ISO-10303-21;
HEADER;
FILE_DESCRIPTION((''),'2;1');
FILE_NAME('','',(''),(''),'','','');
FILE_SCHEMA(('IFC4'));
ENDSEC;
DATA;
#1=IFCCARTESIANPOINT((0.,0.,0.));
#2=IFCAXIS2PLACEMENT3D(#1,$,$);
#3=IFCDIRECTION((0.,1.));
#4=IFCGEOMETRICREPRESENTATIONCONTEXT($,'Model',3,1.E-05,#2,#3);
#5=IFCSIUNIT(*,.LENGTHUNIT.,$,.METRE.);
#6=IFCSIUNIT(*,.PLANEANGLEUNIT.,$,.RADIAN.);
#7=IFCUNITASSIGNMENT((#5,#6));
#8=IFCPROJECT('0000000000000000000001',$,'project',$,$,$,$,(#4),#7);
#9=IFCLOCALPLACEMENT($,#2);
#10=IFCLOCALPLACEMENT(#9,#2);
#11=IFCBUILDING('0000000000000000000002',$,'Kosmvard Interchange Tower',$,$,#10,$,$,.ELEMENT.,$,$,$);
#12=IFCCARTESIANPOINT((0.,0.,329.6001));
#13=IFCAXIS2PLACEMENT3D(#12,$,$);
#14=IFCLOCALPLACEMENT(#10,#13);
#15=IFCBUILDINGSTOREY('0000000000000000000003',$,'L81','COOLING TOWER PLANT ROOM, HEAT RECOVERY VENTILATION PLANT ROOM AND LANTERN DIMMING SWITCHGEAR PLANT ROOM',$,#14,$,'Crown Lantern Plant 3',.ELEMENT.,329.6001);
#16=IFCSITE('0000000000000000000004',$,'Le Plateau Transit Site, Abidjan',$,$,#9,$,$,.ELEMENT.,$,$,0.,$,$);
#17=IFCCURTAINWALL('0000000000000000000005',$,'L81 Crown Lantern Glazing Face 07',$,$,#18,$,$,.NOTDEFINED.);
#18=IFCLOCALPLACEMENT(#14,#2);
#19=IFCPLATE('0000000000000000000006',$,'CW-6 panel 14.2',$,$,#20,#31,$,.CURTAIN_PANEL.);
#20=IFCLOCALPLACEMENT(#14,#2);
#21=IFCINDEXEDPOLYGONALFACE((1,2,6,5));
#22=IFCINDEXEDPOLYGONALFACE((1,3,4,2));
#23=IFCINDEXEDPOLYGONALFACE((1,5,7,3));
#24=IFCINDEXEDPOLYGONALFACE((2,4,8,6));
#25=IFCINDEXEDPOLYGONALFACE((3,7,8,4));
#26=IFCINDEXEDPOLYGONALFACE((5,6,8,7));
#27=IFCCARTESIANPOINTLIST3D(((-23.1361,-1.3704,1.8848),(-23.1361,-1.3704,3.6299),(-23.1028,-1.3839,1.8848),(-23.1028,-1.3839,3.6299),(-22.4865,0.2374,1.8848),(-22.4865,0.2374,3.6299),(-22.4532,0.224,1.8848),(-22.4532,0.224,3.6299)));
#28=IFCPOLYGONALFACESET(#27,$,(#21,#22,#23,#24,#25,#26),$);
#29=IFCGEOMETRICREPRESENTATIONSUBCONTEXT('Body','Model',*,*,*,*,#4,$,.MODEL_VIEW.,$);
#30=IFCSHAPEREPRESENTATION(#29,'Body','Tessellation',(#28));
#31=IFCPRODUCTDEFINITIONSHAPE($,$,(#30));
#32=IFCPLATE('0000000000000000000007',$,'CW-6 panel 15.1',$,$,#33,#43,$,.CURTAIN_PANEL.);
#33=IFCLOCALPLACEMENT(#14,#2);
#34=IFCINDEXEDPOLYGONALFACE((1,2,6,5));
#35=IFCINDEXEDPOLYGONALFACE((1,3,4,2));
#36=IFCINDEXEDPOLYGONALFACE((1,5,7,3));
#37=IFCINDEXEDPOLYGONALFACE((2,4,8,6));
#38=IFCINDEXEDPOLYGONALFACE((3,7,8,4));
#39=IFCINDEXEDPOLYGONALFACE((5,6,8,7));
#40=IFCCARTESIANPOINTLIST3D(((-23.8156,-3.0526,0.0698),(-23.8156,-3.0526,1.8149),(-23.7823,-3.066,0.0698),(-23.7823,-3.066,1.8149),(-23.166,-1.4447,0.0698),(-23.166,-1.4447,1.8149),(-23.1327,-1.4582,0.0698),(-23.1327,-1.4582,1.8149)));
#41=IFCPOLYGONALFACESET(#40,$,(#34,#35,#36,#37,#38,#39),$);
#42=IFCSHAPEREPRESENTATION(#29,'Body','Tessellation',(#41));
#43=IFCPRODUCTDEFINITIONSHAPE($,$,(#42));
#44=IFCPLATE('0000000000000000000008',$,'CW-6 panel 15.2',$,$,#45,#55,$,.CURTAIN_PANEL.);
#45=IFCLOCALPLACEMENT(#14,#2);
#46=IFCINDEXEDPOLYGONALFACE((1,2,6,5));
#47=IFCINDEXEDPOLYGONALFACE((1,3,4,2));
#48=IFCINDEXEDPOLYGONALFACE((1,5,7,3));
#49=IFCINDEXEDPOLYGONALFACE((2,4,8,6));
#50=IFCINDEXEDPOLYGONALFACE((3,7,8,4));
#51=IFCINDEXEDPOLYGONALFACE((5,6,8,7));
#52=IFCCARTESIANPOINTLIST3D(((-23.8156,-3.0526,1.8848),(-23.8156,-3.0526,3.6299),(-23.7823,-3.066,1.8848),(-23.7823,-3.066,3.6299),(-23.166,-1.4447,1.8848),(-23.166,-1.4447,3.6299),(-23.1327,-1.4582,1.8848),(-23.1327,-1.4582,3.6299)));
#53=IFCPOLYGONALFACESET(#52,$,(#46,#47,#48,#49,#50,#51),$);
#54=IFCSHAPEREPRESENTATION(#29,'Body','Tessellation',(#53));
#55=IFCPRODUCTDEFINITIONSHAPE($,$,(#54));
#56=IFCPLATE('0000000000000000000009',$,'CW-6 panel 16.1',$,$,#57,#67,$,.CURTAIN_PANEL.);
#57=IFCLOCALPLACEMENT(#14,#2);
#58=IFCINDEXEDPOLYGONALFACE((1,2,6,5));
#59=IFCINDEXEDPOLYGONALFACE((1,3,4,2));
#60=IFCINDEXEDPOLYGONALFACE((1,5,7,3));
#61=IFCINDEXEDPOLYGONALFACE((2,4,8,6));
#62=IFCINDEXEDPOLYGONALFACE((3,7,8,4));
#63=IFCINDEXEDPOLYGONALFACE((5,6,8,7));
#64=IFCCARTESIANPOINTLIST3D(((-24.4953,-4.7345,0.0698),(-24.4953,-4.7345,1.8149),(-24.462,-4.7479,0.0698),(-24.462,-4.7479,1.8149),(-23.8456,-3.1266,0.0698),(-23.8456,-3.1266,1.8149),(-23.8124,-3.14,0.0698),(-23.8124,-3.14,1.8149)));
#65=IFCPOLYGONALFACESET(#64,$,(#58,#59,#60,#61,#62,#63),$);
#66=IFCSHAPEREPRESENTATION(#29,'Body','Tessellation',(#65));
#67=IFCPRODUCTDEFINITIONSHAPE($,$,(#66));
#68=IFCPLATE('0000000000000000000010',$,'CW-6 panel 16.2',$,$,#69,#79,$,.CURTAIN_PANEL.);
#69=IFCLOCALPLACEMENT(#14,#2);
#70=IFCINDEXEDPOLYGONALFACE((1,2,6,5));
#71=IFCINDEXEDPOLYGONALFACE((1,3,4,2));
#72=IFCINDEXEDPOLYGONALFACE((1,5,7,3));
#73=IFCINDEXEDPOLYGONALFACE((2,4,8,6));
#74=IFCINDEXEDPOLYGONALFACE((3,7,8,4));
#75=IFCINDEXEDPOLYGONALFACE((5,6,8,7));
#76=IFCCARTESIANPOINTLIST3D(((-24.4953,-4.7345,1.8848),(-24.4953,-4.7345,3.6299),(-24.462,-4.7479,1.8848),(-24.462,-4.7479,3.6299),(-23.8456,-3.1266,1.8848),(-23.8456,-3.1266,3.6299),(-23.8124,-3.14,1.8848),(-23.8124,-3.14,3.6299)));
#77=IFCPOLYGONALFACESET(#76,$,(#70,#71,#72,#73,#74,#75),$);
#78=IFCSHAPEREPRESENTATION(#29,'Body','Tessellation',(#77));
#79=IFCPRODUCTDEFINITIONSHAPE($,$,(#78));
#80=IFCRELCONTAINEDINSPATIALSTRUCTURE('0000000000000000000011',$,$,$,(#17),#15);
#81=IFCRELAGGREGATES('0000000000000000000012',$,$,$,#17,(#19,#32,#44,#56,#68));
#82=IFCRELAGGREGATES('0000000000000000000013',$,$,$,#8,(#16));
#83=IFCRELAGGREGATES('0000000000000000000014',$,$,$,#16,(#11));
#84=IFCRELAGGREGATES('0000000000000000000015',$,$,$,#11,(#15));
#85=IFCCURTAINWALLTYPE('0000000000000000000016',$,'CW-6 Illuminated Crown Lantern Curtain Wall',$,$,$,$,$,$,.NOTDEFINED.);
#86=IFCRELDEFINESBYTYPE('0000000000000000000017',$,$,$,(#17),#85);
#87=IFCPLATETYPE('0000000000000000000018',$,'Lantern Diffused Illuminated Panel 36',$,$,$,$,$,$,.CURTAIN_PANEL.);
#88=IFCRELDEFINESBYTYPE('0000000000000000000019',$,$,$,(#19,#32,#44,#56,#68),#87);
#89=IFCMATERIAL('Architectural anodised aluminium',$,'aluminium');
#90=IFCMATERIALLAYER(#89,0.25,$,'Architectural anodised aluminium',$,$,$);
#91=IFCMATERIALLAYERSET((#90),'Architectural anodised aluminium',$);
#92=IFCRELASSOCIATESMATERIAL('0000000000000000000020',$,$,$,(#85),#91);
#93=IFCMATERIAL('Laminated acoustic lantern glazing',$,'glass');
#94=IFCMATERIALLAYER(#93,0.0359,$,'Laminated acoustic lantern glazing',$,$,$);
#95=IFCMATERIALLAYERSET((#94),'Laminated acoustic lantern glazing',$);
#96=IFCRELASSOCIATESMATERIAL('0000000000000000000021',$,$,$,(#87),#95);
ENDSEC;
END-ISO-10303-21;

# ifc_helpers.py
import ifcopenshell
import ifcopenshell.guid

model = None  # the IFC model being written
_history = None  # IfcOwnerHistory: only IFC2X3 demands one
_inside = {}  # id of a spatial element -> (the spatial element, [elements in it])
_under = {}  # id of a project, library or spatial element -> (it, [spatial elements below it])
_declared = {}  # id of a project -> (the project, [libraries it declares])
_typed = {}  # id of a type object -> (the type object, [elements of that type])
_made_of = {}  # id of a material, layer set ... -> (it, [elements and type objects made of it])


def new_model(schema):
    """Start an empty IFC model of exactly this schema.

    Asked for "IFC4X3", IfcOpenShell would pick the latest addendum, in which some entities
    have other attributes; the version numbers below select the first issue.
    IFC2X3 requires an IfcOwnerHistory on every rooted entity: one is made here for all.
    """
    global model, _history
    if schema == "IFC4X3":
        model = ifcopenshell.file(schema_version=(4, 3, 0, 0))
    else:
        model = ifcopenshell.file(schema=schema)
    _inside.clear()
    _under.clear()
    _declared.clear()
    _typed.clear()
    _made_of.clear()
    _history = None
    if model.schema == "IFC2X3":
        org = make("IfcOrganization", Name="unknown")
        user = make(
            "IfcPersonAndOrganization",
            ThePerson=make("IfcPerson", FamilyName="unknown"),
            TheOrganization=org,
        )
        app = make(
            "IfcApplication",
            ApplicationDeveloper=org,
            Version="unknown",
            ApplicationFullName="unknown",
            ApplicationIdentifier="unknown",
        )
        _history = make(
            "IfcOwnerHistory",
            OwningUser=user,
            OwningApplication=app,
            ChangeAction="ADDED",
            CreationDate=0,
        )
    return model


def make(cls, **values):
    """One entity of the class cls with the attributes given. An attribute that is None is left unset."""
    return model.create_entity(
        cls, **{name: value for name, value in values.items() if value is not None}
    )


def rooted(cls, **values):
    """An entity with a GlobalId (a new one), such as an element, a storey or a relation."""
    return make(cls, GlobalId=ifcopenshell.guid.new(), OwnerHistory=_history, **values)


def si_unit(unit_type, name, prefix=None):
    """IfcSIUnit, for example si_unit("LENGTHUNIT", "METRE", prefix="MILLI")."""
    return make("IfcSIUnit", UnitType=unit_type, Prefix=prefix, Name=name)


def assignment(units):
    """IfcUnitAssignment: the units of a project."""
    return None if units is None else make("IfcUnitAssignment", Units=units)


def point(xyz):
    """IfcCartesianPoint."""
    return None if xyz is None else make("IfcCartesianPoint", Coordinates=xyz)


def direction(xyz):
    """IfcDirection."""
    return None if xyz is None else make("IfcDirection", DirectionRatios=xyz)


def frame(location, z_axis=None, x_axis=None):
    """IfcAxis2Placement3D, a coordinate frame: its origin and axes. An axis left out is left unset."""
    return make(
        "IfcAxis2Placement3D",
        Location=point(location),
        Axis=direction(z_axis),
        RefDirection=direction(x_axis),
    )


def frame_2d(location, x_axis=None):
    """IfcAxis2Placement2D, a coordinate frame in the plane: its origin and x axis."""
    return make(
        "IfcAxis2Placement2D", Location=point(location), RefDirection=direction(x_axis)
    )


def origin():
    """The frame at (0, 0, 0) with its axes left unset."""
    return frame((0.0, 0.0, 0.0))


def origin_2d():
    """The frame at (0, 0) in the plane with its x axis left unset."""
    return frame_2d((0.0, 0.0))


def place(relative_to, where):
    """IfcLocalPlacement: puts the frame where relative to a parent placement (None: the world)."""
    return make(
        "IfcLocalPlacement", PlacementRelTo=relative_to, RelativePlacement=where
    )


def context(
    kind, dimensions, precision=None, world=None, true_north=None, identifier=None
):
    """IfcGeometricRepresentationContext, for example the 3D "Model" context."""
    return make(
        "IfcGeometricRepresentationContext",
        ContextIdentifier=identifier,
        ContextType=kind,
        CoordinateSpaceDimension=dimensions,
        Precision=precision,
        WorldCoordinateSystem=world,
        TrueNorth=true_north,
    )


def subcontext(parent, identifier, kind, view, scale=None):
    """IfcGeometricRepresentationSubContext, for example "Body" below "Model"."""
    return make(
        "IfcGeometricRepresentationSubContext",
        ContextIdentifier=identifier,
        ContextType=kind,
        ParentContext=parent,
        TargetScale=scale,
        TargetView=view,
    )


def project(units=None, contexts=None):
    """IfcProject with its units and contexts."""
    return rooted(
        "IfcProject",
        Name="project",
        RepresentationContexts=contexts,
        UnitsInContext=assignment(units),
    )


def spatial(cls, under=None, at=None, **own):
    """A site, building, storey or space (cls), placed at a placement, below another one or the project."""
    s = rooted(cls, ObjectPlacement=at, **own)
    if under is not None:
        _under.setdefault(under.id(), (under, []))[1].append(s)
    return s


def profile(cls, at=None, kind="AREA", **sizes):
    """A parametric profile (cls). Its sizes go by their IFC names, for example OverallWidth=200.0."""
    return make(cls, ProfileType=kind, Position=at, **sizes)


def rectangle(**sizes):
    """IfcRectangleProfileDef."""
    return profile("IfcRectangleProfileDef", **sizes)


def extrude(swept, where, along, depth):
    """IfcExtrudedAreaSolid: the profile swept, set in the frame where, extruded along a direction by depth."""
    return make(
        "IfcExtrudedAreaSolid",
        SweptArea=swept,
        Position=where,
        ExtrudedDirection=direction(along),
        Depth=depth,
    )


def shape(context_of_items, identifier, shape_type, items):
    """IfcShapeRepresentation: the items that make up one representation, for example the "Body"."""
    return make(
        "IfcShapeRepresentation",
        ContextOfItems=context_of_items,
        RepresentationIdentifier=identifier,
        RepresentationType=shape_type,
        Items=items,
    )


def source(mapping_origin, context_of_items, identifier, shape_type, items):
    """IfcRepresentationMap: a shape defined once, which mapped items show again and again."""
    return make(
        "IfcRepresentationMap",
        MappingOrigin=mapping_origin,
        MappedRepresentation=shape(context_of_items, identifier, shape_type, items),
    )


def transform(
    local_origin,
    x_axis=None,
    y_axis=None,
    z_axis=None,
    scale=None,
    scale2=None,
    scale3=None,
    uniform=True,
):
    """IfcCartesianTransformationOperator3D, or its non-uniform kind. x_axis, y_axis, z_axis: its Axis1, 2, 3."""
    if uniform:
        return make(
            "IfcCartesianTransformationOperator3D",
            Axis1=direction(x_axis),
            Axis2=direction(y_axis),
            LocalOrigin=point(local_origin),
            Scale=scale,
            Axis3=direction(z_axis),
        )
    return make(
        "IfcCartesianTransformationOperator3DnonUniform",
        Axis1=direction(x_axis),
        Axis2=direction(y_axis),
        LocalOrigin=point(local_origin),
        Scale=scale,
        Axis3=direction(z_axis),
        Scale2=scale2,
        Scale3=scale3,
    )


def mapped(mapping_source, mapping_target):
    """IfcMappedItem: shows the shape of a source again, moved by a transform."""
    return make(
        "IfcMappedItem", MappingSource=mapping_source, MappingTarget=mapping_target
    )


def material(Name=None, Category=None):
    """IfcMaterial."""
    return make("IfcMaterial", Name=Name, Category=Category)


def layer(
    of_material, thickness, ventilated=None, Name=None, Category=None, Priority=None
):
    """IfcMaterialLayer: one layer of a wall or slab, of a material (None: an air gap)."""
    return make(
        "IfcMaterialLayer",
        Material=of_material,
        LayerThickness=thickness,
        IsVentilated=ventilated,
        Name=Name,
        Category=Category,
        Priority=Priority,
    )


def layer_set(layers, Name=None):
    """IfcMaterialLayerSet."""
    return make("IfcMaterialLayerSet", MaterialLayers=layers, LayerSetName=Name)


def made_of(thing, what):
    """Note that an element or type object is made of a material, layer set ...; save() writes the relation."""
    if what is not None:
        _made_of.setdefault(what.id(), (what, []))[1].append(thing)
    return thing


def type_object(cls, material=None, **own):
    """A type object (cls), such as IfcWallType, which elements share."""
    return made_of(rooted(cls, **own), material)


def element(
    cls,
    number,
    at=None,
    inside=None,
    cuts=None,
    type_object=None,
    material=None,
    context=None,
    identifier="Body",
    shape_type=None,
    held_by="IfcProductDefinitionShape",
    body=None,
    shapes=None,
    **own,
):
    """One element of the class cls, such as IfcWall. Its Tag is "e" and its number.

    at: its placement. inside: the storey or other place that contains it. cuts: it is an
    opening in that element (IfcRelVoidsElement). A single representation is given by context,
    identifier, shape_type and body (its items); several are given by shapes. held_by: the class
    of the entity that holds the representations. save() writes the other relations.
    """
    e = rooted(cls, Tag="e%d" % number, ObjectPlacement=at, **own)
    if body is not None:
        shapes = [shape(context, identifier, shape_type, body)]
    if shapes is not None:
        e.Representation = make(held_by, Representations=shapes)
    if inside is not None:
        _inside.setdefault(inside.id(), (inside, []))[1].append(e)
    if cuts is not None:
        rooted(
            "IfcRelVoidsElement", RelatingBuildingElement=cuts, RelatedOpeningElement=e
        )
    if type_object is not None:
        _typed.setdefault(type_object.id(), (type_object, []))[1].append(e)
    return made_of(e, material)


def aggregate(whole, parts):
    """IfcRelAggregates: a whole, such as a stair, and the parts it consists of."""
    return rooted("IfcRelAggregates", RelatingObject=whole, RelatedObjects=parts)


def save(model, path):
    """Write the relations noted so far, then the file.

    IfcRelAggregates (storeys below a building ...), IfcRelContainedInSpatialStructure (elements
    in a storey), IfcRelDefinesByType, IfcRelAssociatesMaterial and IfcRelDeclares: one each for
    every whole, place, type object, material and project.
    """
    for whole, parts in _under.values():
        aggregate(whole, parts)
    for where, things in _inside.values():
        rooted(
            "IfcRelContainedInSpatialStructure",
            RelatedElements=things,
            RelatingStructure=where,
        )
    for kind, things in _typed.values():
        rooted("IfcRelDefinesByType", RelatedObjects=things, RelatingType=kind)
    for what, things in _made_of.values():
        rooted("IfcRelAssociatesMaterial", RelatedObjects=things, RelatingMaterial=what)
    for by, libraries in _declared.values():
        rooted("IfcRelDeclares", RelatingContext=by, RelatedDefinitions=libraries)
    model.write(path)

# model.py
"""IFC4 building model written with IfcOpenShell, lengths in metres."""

from ifc_helpers import new_model, si_unit, direction, frame, origin, origin_2d, place, context, subcontext, project, spatial, rectangle, extrude, source, transform, mapped, material, layer, layer_set, type_object, element, aggregate, save


model = new_model("IFC4")

# Units and contexts
model_context = context("Model", 3, precision=1e-05, world=origin(), true_north=direction((0.0, 1.0)))
body_context = subcontext(model_context, "Body", "Model", "MODEL_VIEW")
ifc_project = project(units=[si_unit("LENGTHUNIT", "METRE"), si_unit("PLANEANGLEUNIT", "RADIAN")], contexts=[model_context])

# Site, building, storey
site_placement = place(None, origin())
site = spatial("IfcSite", under=ifc_project, at=site_placement, Name="Le Plateau Transit Site, Abidjan", CompositionType="ELEMENT", RefElevation=0.0)
building_placement = place(site_placement, origin())
building = spatial("IfcBuilding", under=site, at=building_placement, Name="Kosmvard Interchange Tower", CompositionType="ELEMENT")
storey_placement = place(building_placement, frame((0.0, 0.0, 329.6001)))
storey = spatial("IfcBuildingStorey", under=building, at=storey_placement, Name="L81", Description="COOLING TOWER PLANT ROOM, HEAT RECOVERY VENTILATION PLANT ROOM AND LANTERN DIMMING SWITCHGEAR PLANT ROOM", LongName="Crown Lantern Plant 3", CompositionType="ELEMENT", Elevation=329.6001)

# Curtain wall
ifc_material_1 = material(Name="Architectural anodised aluminium", Category="aluminium")
ifc_layer_1 = layer(ifc_material_1, 0.25, Name="Architectural anodised aluminium")
ifc_layer_set_1 = layer_set([ifc_layer_1], Name="Architectural anodised aluminium")
curtain_wall_type = type_object("IfcCurtainWallType", Name="CW-6 Illuminated Crown Lantern Curtain Wall", PredefinedType="NOTDEFINED", material=ifc_layer_set_1)
curtain_wall_placement = place(storey_placement, origin())
curtain_wall = element("IfcCurtainWall", 1, at=curtain_wall_placement, inside=storey, type_object=curtain_wall_type, Name="L81 Crown Lantern Glazing Face 07", PredefinedType="NOTDEFINED")

# Plates
ifc_material_2 = material(Name="Laminated acoustic lantern glazing", Category="glass")
ifc_layer_2 = layer(ifc_material_2, 0.0359, Name="Laminated acoustic lantern glazing")
ifc_layer_set_2 = layer_set([ifc_layer_2], Name="Laminated acoustic lantern glazing")
plate_type_1 = type_object("IfcPlateType", Name="Lantern Diffused Illuminated Panel 36", PredefinedType="CURTAIN_PANEL", material=ifc_layer_set_2)
shared_shape_1 = source(origin(), body_context, "Body", "SweptSolid", [
    extrude(rectangle(XDim=1.7341, YDim=0.0359, at=origin_2d()), origin(), (0.0, 0.0, 1.0), 1.7451),
])
plate_1_placement = place(storey_placement, frame((-22.7947, -0.5732, 1.8848), z_axis=(0.0, 0.0, 1.0), x_axis=(-0.374607, -0.927184, 0.0)))
plate_1 = element("IfcPlate", 2, at=plate_1_placement, type_object=plate_type_1, Name="CW-6 panel 14.2", PredefinedType="CURTAIN_PANEL", context=body_context, shape_type="MappedRepresentation", body=[
    mapped(shared_shape_1, transform((0.0, 0.0, 0.0), scale=1.0)),
])
plate_2_placement = place(storey_placement, frame((-23.4741, -2.2554, 0.0698), z_axis=(0.0, 0.0, 1.0), x_axis=(-0.374607, -0.927184, 0.0)))
plate_2 = element("IfcPlate", 3, at=plate_2_placement, type_object=plate_type_1, Name="CW-6 panel 15.1", PredefinedType="CURTAIN_PANEL", context=body_context, shape_type="MappedRepresentation", body=[
    mapped(shared_shape_1, transform((0.0, 0.0, 0.0), scale=1.0)),
])
plate_3_placement = place(storey_placement, frame((-23.4741, -2.2554, 1.8848), z_axis=(0.0, 0.0, 1.0), x_axis=(-0.374607, -0.927184, 0.0)))
plate_3 = element("IfcPlate", 4, at=plate_3_placement, type_object=plate_type_1, Name="CW-6 panel 15.2", PredefinedType="CURTAIN_PANEL", context=body_context, shape_type="MappedRepresentation", body=[
    mapped(shared_shape_1, transform((0.0, 0.0, 0.0), scale=1.0)),
])
plate_4_placement = place(storey_placement, frame((-24.1538, -3.9373, 0.0698), z_axis=(0.0, 0.0, 1.0), x_axis=(-0.374607, -0.927184, 0.0)))
plate_4 = element("IfcPlate", 5, at=plate_4_placement, type_object=plate_type_1, Name="CW-6 panel 16.1", PredefinedType="CURTAIN_PANEL", context=body_context, shape_type="MappedRepresentation", body=[
    mapped(shared_shape_1, transform((0.0, 0.0, 0.0), scale=1.0)),
])
plate_5_placement = place(storey_placement, frame((-24.1538, -3.9373, 1.8848), z_axis=(0.0, 0.0, 1.0), x_axis=(-0.374607, -0.927184, 0.0)))
plate_5 = element("IfcPlate", 6, at=plate_5_placement, type_object=plate_type_1, Name="CW-6 panel 16.2", PredefinedType="CURTAIN_PANEL", context=body_context, shape_type="MappedRepresentation", body=[
    mapped(shared_shape_1, transform((0.0, 0.0, 0.0), scale=1.0)),
])
aggregate(curtain_wall, [plate_1, plate_2, plate_3, plate_4, plate_5])

save(model, "model.ifc")
